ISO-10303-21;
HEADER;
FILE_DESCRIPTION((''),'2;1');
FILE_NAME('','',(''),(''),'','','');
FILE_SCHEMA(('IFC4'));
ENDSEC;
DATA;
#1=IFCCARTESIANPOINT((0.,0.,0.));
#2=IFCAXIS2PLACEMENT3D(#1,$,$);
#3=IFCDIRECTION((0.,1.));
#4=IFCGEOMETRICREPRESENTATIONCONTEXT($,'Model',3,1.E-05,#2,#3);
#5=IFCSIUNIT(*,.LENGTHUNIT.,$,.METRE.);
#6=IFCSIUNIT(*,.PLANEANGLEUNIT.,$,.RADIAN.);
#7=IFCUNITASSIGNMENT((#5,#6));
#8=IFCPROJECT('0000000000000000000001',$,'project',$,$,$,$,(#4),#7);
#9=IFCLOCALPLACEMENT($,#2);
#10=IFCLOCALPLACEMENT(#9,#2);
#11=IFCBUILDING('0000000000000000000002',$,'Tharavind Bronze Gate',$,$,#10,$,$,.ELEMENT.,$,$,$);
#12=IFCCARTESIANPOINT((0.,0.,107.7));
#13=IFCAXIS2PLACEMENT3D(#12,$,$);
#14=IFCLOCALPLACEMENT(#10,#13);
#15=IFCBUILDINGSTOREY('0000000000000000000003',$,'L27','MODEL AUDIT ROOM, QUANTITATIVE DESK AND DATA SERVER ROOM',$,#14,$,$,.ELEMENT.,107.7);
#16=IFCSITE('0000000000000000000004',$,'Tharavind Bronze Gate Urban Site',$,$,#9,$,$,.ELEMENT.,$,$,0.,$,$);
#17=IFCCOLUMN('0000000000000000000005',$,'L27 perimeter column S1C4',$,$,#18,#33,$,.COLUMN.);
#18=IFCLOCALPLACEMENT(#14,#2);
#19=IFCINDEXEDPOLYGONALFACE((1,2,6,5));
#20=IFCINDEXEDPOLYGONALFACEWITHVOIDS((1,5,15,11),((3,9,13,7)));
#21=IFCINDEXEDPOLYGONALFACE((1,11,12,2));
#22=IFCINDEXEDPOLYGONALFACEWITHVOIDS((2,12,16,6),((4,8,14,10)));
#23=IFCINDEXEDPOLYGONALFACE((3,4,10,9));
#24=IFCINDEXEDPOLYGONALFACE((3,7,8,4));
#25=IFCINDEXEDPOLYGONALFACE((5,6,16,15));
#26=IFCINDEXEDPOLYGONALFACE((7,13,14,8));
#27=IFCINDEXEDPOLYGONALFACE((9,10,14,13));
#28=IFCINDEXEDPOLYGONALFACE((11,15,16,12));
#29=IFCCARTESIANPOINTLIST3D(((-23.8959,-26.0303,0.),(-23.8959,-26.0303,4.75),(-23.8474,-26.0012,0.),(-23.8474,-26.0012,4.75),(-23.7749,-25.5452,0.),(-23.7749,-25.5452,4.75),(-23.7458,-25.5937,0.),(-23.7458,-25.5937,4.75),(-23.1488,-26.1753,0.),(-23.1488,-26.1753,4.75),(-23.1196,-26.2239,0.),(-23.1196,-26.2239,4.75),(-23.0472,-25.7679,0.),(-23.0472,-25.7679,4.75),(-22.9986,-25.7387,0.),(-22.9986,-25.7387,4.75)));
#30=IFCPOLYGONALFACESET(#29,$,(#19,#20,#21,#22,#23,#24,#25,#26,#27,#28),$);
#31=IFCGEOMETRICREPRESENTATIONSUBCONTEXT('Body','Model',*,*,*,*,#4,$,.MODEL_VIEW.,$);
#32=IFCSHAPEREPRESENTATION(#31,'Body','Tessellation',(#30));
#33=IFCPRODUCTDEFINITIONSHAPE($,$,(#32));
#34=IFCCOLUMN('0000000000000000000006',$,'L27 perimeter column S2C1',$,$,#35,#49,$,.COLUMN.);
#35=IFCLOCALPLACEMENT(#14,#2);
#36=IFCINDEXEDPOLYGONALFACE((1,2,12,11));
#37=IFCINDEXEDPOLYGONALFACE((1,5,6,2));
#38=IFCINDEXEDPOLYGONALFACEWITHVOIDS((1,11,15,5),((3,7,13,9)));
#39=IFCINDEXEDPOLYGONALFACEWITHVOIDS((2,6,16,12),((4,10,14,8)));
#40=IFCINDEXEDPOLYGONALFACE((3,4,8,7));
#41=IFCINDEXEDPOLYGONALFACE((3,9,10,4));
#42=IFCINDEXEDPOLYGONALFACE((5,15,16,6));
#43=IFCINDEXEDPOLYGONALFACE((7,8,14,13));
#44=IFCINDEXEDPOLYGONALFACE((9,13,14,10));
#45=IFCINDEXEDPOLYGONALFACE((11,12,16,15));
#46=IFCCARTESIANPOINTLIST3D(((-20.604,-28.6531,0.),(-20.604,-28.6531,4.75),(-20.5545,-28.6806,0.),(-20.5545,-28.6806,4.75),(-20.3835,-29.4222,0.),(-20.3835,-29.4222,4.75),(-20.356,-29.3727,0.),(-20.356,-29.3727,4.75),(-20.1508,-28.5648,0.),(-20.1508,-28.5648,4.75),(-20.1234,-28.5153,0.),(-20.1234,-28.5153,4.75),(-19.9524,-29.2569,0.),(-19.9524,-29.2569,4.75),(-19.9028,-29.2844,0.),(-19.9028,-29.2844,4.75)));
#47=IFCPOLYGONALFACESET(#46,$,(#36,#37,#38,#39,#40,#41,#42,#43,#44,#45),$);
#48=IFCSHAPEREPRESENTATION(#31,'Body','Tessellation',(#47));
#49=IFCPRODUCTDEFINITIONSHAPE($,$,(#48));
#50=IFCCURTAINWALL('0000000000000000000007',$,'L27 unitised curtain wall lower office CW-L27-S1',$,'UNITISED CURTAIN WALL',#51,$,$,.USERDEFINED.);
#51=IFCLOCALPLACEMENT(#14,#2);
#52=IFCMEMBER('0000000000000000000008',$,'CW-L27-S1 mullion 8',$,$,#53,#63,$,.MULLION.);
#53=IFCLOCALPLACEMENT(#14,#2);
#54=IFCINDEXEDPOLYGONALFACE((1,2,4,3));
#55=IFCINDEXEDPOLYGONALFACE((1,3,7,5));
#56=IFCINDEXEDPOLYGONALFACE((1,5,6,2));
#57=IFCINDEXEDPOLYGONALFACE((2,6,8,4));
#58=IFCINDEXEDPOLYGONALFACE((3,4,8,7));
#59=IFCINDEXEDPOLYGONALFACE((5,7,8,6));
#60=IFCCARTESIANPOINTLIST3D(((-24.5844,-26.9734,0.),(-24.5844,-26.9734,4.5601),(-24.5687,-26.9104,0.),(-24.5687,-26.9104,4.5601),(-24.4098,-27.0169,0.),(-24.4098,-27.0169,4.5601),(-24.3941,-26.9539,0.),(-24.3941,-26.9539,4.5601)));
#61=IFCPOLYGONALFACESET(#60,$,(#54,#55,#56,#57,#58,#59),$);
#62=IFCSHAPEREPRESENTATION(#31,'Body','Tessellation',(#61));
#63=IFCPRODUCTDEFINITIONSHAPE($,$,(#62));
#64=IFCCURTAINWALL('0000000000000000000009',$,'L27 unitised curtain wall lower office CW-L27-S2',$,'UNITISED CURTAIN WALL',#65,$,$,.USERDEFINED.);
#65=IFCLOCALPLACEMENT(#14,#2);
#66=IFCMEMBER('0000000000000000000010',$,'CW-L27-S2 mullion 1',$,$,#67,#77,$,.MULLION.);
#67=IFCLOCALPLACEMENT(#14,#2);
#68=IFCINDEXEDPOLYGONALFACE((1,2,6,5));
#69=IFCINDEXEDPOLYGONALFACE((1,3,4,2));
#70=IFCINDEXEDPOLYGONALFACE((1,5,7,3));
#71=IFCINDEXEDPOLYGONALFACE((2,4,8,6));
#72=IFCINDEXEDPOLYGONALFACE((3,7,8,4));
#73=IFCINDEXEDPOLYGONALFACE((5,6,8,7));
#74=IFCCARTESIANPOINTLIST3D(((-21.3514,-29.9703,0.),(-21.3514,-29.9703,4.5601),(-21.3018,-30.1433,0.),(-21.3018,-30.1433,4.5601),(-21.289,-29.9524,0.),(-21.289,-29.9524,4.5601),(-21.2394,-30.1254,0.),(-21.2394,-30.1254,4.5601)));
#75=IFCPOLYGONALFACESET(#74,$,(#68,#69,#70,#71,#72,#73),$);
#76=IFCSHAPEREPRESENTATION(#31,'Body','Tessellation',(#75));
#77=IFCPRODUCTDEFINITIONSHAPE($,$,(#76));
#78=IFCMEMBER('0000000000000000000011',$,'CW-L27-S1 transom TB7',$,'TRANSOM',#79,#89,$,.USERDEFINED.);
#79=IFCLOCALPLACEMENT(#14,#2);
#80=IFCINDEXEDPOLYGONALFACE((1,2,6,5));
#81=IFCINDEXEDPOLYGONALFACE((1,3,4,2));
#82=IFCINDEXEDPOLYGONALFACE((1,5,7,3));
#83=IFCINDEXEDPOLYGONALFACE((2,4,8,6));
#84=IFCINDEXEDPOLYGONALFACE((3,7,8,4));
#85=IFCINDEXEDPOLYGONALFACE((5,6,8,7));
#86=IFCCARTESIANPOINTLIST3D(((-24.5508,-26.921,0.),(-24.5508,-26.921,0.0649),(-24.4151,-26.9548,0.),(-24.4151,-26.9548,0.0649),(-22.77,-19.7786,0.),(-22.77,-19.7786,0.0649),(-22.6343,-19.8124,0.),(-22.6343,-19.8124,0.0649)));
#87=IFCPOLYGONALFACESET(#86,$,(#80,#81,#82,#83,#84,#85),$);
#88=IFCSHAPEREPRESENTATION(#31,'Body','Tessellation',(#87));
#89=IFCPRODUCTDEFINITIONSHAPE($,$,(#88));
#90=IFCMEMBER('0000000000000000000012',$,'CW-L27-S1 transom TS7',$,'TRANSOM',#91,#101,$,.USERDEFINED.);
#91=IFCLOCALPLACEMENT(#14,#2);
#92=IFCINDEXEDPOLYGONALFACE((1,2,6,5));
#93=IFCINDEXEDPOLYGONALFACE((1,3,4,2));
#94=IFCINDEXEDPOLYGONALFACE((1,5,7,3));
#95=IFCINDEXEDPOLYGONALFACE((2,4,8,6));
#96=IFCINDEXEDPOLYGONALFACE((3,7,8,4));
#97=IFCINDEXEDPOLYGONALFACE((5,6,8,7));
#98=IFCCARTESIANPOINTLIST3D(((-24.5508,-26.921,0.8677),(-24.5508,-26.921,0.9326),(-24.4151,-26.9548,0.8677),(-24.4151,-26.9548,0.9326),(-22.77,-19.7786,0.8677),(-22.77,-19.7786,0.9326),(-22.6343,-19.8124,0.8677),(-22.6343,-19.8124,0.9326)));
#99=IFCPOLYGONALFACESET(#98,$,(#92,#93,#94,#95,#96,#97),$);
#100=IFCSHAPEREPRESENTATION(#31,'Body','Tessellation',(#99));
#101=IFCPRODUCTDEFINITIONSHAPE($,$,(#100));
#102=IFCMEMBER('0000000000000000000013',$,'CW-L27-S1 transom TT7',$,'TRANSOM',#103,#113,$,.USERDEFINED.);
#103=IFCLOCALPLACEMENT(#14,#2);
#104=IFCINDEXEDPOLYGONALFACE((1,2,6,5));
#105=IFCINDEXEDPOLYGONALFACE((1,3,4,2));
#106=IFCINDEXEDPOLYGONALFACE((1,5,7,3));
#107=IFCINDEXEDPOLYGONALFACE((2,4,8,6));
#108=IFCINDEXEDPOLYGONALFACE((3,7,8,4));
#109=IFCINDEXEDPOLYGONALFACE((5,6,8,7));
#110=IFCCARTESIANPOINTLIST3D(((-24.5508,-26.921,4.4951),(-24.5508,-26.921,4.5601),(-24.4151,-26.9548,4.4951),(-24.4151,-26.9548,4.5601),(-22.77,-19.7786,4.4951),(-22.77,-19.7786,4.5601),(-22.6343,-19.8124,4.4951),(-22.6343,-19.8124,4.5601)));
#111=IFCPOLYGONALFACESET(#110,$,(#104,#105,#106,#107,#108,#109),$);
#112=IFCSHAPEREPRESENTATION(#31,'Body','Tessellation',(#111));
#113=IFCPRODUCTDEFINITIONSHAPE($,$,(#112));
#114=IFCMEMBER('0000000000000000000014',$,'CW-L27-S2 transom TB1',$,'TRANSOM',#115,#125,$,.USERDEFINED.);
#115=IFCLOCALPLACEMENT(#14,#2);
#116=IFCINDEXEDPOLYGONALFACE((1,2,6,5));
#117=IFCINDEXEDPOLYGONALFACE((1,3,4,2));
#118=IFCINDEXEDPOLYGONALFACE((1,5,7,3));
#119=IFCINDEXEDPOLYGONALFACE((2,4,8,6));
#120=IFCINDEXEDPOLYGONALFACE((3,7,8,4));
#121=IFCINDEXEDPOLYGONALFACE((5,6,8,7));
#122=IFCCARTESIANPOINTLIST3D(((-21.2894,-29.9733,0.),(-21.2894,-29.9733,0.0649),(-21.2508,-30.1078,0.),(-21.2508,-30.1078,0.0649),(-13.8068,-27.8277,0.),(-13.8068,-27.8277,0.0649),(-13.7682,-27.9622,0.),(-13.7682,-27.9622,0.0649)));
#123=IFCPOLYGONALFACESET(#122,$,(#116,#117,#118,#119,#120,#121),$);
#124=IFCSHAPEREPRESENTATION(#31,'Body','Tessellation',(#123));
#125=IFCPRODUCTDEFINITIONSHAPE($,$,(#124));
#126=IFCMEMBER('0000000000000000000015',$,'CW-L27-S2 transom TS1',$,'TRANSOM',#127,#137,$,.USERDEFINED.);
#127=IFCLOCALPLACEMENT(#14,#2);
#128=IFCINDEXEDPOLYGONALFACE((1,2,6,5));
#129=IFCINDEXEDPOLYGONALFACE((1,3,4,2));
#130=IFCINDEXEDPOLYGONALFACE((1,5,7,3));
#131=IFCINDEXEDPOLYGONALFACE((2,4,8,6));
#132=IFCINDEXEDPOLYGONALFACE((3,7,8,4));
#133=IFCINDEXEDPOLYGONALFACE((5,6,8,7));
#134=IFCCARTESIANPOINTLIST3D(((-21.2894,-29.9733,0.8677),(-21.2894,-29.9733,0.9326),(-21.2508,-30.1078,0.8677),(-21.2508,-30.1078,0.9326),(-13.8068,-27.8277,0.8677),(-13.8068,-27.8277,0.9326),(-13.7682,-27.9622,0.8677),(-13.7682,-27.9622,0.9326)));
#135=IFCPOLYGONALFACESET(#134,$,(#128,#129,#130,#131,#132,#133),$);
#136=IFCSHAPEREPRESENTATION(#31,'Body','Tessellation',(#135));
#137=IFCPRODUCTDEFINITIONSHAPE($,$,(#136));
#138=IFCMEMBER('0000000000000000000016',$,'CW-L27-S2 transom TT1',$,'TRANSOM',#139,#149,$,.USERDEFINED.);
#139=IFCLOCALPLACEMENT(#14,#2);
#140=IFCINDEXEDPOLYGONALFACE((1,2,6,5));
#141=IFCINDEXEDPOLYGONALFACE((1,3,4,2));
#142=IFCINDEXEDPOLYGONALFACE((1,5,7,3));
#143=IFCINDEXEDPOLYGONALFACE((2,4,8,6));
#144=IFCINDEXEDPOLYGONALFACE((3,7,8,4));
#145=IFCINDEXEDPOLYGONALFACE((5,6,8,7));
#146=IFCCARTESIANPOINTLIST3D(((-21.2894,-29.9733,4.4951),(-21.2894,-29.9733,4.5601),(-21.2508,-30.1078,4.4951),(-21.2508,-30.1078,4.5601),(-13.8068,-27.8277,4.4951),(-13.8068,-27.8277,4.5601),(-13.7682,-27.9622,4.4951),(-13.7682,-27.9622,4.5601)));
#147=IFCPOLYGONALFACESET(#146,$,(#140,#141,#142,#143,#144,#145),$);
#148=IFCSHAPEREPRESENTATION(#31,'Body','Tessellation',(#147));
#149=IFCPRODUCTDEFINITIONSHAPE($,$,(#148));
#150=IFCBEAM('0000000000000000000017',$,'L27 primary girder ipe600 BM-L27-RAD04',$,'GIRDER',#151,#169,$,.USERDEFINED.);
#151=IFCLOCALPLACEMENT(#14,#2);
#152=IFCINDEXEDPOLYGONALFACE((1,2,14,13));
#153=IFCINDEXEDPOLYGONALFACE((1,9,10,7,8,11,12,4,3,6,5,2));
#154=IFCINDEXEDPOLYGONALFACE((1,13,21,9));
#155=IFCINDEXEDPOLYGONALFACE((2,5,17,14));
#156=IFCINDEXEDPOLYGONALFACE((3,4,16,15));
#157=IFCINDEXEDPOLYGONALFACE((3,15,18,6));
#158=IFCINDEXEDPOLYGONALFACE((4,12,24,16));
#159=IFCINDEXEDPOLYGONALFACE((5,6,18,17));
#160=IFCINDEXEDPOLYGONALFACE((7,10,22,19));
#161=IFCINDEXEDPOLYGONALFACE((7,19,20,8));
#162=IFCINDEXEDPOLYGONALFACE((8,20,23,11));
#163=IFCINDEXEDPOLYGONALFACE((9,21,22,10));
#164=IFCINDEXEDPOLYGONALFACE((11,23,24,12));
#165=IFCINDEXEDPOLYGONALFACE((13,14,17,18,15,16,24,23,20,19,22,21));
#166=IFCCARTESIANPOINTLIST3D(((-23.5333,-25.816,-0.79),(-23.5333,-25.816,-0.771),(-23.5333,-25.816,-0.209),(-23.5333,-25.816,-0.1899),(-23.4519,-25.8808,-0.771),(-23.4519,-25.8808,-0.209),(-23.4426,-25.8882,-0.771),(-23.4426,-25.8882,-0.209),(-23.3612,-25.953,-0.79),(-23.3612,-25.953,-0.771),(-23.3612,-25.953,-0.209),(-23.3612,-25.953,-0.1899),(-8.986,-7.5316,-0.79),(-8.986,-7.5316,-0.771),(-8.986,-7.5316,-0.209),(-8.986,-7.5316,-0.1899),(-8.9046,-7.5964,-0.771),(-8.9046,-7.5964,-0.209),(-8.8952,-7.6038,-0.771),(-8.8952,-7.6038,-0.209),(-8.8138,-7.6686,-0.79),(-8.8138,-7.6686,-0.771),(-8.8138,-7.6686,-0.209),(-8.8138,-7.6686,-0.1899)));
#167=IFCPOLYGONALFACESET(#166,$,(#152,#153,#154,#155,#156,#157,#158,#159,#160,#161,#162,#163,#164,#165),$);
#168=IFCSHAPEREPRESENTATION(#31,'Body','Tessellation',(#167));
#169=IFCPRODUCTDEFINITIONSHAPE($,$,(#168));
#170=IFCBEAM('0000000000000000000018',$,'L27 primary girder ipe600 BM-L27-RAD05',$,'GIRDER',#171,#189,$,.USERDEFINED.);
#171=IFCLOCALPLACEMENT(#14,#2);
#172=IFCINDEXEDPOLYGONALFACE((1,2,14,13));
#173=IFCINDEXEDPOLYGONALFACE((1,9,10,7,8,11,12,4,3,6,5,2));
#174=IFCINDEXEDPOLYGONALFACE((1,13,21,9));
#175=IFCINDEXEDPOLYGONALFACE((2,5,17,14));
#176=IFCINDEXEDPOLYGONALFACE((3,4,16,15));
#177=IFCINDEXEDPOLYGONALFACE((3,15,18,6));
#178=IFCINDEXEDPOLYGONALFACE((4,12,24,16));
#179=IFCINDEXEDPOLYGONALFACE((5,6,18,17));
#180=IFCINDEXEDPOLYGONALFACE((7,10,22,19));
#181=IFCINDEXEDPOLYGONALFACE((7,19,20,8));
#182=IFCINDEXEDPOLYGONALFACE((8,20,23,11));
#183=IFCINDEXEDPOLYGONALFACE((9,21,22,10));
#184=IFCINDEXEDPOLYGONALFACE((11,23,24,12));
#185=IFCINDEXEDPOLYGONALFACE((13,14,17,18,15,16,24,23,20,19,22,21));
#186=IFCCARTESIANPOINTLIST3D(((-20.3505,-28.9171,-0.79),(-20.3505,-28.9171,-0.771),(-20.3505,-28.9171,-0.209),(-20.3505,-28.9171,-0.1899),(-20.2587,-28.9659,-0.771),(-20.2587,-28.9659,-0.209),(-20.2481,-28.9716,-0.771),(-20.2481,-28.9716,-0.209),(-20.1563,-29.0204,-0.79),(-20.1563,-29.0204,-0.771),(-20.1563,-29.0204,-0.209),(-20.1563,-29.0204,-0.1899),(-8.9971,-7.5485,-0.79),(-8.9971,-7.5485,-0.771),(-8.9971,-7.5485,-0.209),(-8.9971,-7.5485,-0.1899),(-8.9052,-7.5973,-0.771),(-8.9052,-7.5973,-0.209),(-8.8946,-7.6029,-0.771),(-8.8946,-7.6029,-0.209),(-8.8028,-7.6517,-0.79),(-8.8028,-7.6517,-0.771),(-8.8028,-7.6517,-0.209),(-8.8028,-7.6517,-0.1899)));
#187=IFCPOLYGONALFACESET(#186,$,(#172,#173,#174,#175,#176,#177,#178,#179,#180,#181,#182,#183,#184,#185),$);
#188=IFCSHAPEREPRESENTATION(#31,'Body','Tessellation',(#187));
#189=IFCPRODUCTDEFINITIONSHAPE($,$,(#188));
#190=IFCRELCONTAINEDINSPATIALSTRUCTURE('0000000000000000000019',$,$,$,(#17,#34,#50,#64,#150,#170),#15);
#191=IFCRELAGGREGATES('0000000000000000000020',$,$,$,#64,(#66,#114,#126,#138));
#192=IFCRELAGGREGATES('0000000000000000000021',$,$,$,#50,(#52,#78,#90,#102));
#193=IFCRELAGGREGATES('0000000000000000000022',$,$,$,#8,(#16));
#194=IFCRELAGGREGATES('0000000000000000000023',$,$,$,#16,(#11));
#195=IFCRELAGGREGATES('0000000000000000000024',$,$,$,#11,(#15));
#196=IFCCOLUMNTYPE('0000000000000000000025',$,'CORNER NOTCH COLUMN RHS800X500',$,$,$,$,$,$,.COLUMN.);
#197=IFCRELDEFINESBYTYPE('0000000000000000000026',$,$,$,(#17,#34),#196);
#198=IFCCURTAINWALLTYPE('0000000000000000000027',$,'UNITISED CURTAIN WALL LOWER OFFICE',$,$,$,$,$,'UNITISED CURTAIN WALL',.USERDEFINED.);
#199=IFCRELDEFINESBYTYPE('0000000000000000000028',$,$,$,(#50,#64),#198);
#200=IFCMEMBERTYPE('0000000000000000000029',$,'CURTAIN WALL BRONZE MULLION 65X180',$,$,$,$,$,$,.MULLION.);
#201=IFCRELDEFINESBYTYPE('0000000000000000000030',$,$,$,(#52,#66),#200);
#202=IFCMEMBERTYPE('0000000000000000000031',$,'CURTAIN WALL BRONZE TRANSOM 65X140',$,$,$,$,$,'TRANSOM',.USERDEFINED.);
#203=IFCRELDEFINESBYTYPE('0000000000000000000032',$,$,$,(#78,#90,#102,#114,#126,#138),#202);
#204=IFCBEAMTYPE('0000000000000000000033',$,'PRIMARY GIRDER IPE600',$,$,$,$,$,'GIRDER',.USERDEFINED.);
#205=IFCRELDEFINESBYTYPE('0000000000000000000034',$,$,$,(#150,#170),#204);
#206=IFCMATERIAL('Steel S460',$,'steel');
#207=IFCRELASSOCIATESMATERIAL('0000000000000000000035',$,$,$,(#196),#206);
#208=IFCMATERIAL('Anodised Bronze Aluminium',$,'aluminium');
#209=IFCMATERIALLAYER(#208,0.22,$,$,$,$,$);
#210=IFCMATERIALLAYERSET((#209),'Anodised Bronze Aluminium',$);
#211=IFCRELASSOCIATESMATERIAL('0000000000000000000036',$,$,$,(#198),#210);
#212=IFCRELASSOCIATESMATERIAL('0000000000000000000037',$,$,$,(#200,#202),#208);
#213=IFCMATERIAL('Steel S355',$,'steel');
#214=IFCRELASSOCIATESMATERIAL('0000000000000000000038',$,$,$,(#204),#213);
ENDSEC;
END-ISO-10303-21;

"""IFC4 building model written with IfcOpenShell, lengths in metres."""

from ifc_helpers import new_model, si_unit, direction, frame, origin, origin_2d, place, context, subcontext, project, spatial, rectangle, hollow_rectangle, i_section, extrude, material, layer, layer_set, material_profile, profile_set, type_object, element, aggregate, save


model = new_model("IFC4")

# Units and contexts
model_context = context("Model", 3, precision=1e-05, world=origin(), true_north=direction((0.0, 1.0)))
body_context = subcontext(model_context, "Body", "Model", "MODEL_VIEW")
ifc_project = project(units=[si_unit("LENGTHUNIT", "METRE"), si_unit("PLANEANGLEUNIT", "RADIAN")], contexts=[model_context])

# Site, building, storey
site_placement = place(None, origin())
site = spatial("IfcSite", under=ifc_project, at=site_placement, Name="Tharavind Bronze Gate Urban Site", CompositionType="ELEMENT", RefElevation=0.0)
building_placement = place(site_placement, origin())
building = spatial("IfcBuilding", under=site, at=building_placement, Name="Tharavind Bronze Gate", CompositionType="ELEMENT")
storey_placement = place(building_placement, frame((0.0, 0.0, 107.7)))
storey = spatial("IfcBuildingStorey", under=building, at=storey_placement, Name="L27", Description="MODEL AUDIT ROOM, QUANTITATIVE DESK AND DATA SERVER ROOM", CompositionType="ELEMENT", Elevation=107.7)

# Columns
ifc_material_1 = material(Name="Steel S460", Category="steel")
ifc_material_profile_1 = material_profile(ifc_material_1, hollow_rectangle(XDim=0.5, YDim=0.8, WallThickness=0.04, at=origin_2d()), Name="RHS800X500X40")
ifc_profile_set_1 = profile_set([ifc_material_profile_1], Name="Steel S460")
column_type = type_object("IfcColumnType", Name="CORNER NOTCH COLUMN RHS800X500", PredefinedType="COLUMN", material=ifc_profile_set_1)
for number, where, z_axis, x_axis, name in (
    (1, (-23.4473, -25.8845, 0.0), (0.0, 0.0, 1.0), (0.241922, 0.970296, 0.0), "L27 perimeter column S1C4"),
    (2, (-20.2534, -28.9688, 0.0), (0.0, 0.0, 1.0), (0.961262, 0.275637, 0.0), "L27 perimeter column S2C1"),
):
    element("IfcColumn", number, at=place(storey_placement, frame(where, z_axis=z_axis, x_axis=x_axis)), inside=storey, type_object=column_type, Name=name, PredefinedType="COLUMN", context=body_context, shape_type="SweptSolid", body=[
        extrude(hollow_rectangle(XDim=0.5, YDim=0.8, WallThickness=0.04, at=origin_2d()), origin(), (0.0, 0.0, 1.0), 4.75),
    ])

# Curtain walls, members
ifc_material_2 = material(Name="Anodised Bronze Aluminium", Category="aluminium")
ifc_layer_1 = layer(ifc_material_2, 0.22)
ifc_layer_set_1 = layer_set([ifc_layer_1], Name="Anodised Bronze Aluminium")
curtain_wall_type = type_object("IfcCurtainWallType", Name="UNITISED CURTAIN WALL LOWER OFFICE", ElementType="UNITISED CURTAIN WALL", PredefinedType="USERDEFINED", material=ifc_layer_set_1)
curtain_wall_1_placement = place(storey_placement, origin())
curtain_wall_1 = element("IfcCurtainWall", 3, at=curtain_wall_1_placement, inside=storey, type_object=curtain_wall_type, Name="L27 unitised curtain wall lower office CW-L27-S1", ObjectType="UNITISED CURTAIN WALL", PredefinedType="USERDEFINED")
member_type_1 = type_object("IfcMemberType", Name="CURTAIN WALL BRONZE MULLION 65X180", PredefinedType="MULLION", material=ifc_material_2)
member_1_placement = place(storey_placement, frame((-24.4893, -26.9636, 0.0), z_axis=(0.0, 0.0, 1.0), x_axis=(-0.241922, -0.970296, 0.0)))
member_1 = element("IfcMember", 4, at=member_1_placement, type_object=member_type_1, Name="CW-L27-S1 mullion 8", PredefinedType="MULLION", context=body_context, shape_type="SweptSolid", body=[
    extrude(rectangle(XDim=0.0649, YDim=0.1799, at=origin_2d()), origin(), (0.0, 0.0, 1.0), 4.5601),
])
curtain_wall_2_placement = place(storey_placement, origin())
curtain_wall_2 = element("IfcCurtainWall", 5, at=curtain_wall_2_placement, inside=storey, type_object=curtain_wall_type, Name="L27 unitised curtain wall lower office CW-L27-S2", ObjectType="UNITISED CURTAIN WALL", PredefinedType="USERDEFINED")
member_2_placement = place(storey_placement, frame((-21.2954, -30.0479, 0.0), z_axis=(0.0, 0.0, 1.0), x_axis=(0.961262, 0.275637, 0.0)))
member_2 = element("IfcMember", 6, at=member_2_placement, type_object=member_type_1, Name="CW-L27-S2 mullion 1", PredefinedType="MULLION", context=body_context, shape_type="SweptSolid", body=[
    extrude(rectangle(XDim=0.0649, YDim=0.1799, at=origin_2d()), origin(), (0.0, 0.0, 1.0), 4.5601),
])

# Members
member_type_2 = type_object("IfcMemberType", Name="CURTAIN WALL BRONZE TRANSOM 65X140", ElementType="TRANSOM", PredefinedType="USERDEFINED", material=ifc_material_2)
member_3_placement = place(storey_placement, frame((-23.5925, -23.3667, 0.0), z_axis=(0.0, 0.0, 1.0), x_axis=(-0.241922, -0.970296, 0.0)))
member_3 = element("IfcMember", 7, at=member_3_placement, type_object=member_type_2, Name="CW-L27-S1 transom TB7", ObjectType="TRANSOM", PredefinedType="USERDEFINED", context=body_context, shape_type="SweptSolid", body=[
    extrude(rectangle(XDim=7.3611, YDim=0.1399, at=origin_2d()), origin(), (0.0, 0.0, 1.0), 0.0649),
])
member_4_placement = place(storey_placement, frame((-23.5925, -23.3667, 0.8677), z_axis=(0.0, 0.0, 1.0), x_axis=(-0.241922, -0.970296, 0.0)))
member_4 = element("IfcMember", 8, at=member_4_placement, type_object=member_type_2, Name="CW-L27-S1 transom TS7", ObjectType="TRANSOM", PredefinedType="USERDEFINED", context=body_context, shape_type="SweptSolid", body=[
    extrude(rectangle(XDim=7.3611, YDim=0.1399, at=origin_2d()), origin(), (0.0, 0.0, 1.0), 0.0649),
])
member_5_placement = place(storey_placement, frame((-23.5925, -23.3667, 4.4951), z_axis=(0.0, 0.0, 1.0), x_axis=(-0.241922, -0.970296, 0.0)))
member_5 = element("IfcMember", 9, at=member_5_placement, type_object=member_type_2, Name="CW-L27-S1 transom TT7", ObjectType="TRANSOM", PredefinedType="USERDEFINED", context=body_context, shape_type="SweptSolid", body=[
    extrude(rectangle(XDim=7.3611, YDim=0.1399, at=origin_2d()), origin(), (0.0, 0.0, 1.0), 0.0649),
])
member_6_placement = place(storey_placement, frame((-17.5288, -28.9678, 0.0), z_axis=(0.0, 0.0, 1.0), x_axis=(0.961262, 0.275637, 0.0)))
member_6 = element("IfcMember", 10, at=member_6_placement, type_object=member_type_2, Name="CW-L27-S2 transom TB1", ObjectType="TRANSOM", PredefinedType="USERDEFINED", context=body_context, shape_type="SweptSolid", body=[
    extrude(rectangle(XDim=7.7842, YDim=0.1399, at=origin_2d()), origin(), (0.0, 0.0, 1.0), 0.0649),
])
member_7_placement = place(storey_placement, frame((-17.5288, -28.9678, 0.8677), z_axis=(0.0, 0.0, 1.0), x_axis=(0.961262, 0.275637, 0.0)))
member_7 = element("IfcMember", 11, at=member_7_placement, type_object=member_type_2, Name="CW-L27-S2 transom TS1", ObjectType="TRANSOM", PredefinedType="USERDEFINED", context=body_context, shape_type="SweptSolid", body=[
    extrude(rectangle(XDim=7.7842, YDim=0.1399, at=origin_2d()), origin(), (0.0, 0.0, 1.0), 0.0649),
])
member_8_placement = place(storey_placement, frame((-17.5288, -28.9678, 4.4951), z_axis=(0.0, 0.0, 1.0), x_axis=(0.961262, 0.275637, 0.0)))
member_8 = element("IfcMember", 12, at=member_8_placement, type_object=member_type_2, Name="CW-L27-S2 transom TT1", ObjectType="TRANSOM", PredefinedType="USERDEFINED", context=body_context, shape_type="SweptSolid", body=[
    extrude(rectangle(XDim=7.7842, YDim=0.1399, at=origin_2d()), origin(), (0.0, 0.0, 1.0), 0.0649),
])
aggregate(curtain_wall_2, [member_2, member_6, member_7, member_8])

# Beams
ifc_material_3 = material(Name="Steel S355", Category="steel")
ifc_material_profile_2 = material_profile(ifc_material_3, i_section(OverallWidth=0.22, OverallDepth=0.6001, WebThickness=0.012, FlangeThickness=0.019, at=origin_2d()), Name="IPE600")
ifc_profile_set_2 = profile_set([ifc_material_profile_2], Name="Steel S355")
beam_type_1 = type_object("IfcBeamType", Name="PRIMARY GIRDER IPE600", ElementType="GIRDER", PredefinedType="USERDEFINED", material=ifc_profile_set_2)
beam_1_placement = place(storey_placement, frame((-23.4473, -25.8845, -0.49), z_axis=(0.622601, 0.78254, 0.0), x_axis=(-0.78254, 0.622601, 0.0)))
element("IfcBeam", 13, at=beam_1_placement, inside=storey, type_object=beam_type_1, Name="L27 primary girder ipe600 BM-L27-RAD04", ObjectType="GIRDER", PredefinedType="USERDEFINED", context=body_context, shape_type="SweptSolid", body=[
    extrude(i_section(OverallWidth=0.22, OverallDepth=0.6001, WebThickness=0.012, FlangeThickness=0.019, at=origin_2d()), origin(), (0.0, 0.0, 1.0), 23.3655),
])
beam_2_placement = place(storey_placement, frame((-20.2534, -28.9688, -0.49), z_axis=(0.469201, 0.883091, 0.0), x_axis=(-0.883091, 0.469201, 0.0)))
element("IfcBeam", 14, at=beam_2_placement, inside=storey, type_object=beam_type_1, Name="L27 primary girder ipe600 BM-L27-RAD05", ObjectType="GIRDER", PredefinedType="USERDEFINED", context=body_context, shape_type="SweptSolid", body=[
    extrude(i_section(OverallWidth=0.22, OverallDepth=0.6001, WebThickness=0.012, FlangeThickness=0.019, at=origin_2d()), origin(), (0.0, 0.0, 1.0), 24.1975),
])

aggregate(curtain_wall_1, [member_1, member_3, member_4, member_5])

save(model, "model.ifc")
